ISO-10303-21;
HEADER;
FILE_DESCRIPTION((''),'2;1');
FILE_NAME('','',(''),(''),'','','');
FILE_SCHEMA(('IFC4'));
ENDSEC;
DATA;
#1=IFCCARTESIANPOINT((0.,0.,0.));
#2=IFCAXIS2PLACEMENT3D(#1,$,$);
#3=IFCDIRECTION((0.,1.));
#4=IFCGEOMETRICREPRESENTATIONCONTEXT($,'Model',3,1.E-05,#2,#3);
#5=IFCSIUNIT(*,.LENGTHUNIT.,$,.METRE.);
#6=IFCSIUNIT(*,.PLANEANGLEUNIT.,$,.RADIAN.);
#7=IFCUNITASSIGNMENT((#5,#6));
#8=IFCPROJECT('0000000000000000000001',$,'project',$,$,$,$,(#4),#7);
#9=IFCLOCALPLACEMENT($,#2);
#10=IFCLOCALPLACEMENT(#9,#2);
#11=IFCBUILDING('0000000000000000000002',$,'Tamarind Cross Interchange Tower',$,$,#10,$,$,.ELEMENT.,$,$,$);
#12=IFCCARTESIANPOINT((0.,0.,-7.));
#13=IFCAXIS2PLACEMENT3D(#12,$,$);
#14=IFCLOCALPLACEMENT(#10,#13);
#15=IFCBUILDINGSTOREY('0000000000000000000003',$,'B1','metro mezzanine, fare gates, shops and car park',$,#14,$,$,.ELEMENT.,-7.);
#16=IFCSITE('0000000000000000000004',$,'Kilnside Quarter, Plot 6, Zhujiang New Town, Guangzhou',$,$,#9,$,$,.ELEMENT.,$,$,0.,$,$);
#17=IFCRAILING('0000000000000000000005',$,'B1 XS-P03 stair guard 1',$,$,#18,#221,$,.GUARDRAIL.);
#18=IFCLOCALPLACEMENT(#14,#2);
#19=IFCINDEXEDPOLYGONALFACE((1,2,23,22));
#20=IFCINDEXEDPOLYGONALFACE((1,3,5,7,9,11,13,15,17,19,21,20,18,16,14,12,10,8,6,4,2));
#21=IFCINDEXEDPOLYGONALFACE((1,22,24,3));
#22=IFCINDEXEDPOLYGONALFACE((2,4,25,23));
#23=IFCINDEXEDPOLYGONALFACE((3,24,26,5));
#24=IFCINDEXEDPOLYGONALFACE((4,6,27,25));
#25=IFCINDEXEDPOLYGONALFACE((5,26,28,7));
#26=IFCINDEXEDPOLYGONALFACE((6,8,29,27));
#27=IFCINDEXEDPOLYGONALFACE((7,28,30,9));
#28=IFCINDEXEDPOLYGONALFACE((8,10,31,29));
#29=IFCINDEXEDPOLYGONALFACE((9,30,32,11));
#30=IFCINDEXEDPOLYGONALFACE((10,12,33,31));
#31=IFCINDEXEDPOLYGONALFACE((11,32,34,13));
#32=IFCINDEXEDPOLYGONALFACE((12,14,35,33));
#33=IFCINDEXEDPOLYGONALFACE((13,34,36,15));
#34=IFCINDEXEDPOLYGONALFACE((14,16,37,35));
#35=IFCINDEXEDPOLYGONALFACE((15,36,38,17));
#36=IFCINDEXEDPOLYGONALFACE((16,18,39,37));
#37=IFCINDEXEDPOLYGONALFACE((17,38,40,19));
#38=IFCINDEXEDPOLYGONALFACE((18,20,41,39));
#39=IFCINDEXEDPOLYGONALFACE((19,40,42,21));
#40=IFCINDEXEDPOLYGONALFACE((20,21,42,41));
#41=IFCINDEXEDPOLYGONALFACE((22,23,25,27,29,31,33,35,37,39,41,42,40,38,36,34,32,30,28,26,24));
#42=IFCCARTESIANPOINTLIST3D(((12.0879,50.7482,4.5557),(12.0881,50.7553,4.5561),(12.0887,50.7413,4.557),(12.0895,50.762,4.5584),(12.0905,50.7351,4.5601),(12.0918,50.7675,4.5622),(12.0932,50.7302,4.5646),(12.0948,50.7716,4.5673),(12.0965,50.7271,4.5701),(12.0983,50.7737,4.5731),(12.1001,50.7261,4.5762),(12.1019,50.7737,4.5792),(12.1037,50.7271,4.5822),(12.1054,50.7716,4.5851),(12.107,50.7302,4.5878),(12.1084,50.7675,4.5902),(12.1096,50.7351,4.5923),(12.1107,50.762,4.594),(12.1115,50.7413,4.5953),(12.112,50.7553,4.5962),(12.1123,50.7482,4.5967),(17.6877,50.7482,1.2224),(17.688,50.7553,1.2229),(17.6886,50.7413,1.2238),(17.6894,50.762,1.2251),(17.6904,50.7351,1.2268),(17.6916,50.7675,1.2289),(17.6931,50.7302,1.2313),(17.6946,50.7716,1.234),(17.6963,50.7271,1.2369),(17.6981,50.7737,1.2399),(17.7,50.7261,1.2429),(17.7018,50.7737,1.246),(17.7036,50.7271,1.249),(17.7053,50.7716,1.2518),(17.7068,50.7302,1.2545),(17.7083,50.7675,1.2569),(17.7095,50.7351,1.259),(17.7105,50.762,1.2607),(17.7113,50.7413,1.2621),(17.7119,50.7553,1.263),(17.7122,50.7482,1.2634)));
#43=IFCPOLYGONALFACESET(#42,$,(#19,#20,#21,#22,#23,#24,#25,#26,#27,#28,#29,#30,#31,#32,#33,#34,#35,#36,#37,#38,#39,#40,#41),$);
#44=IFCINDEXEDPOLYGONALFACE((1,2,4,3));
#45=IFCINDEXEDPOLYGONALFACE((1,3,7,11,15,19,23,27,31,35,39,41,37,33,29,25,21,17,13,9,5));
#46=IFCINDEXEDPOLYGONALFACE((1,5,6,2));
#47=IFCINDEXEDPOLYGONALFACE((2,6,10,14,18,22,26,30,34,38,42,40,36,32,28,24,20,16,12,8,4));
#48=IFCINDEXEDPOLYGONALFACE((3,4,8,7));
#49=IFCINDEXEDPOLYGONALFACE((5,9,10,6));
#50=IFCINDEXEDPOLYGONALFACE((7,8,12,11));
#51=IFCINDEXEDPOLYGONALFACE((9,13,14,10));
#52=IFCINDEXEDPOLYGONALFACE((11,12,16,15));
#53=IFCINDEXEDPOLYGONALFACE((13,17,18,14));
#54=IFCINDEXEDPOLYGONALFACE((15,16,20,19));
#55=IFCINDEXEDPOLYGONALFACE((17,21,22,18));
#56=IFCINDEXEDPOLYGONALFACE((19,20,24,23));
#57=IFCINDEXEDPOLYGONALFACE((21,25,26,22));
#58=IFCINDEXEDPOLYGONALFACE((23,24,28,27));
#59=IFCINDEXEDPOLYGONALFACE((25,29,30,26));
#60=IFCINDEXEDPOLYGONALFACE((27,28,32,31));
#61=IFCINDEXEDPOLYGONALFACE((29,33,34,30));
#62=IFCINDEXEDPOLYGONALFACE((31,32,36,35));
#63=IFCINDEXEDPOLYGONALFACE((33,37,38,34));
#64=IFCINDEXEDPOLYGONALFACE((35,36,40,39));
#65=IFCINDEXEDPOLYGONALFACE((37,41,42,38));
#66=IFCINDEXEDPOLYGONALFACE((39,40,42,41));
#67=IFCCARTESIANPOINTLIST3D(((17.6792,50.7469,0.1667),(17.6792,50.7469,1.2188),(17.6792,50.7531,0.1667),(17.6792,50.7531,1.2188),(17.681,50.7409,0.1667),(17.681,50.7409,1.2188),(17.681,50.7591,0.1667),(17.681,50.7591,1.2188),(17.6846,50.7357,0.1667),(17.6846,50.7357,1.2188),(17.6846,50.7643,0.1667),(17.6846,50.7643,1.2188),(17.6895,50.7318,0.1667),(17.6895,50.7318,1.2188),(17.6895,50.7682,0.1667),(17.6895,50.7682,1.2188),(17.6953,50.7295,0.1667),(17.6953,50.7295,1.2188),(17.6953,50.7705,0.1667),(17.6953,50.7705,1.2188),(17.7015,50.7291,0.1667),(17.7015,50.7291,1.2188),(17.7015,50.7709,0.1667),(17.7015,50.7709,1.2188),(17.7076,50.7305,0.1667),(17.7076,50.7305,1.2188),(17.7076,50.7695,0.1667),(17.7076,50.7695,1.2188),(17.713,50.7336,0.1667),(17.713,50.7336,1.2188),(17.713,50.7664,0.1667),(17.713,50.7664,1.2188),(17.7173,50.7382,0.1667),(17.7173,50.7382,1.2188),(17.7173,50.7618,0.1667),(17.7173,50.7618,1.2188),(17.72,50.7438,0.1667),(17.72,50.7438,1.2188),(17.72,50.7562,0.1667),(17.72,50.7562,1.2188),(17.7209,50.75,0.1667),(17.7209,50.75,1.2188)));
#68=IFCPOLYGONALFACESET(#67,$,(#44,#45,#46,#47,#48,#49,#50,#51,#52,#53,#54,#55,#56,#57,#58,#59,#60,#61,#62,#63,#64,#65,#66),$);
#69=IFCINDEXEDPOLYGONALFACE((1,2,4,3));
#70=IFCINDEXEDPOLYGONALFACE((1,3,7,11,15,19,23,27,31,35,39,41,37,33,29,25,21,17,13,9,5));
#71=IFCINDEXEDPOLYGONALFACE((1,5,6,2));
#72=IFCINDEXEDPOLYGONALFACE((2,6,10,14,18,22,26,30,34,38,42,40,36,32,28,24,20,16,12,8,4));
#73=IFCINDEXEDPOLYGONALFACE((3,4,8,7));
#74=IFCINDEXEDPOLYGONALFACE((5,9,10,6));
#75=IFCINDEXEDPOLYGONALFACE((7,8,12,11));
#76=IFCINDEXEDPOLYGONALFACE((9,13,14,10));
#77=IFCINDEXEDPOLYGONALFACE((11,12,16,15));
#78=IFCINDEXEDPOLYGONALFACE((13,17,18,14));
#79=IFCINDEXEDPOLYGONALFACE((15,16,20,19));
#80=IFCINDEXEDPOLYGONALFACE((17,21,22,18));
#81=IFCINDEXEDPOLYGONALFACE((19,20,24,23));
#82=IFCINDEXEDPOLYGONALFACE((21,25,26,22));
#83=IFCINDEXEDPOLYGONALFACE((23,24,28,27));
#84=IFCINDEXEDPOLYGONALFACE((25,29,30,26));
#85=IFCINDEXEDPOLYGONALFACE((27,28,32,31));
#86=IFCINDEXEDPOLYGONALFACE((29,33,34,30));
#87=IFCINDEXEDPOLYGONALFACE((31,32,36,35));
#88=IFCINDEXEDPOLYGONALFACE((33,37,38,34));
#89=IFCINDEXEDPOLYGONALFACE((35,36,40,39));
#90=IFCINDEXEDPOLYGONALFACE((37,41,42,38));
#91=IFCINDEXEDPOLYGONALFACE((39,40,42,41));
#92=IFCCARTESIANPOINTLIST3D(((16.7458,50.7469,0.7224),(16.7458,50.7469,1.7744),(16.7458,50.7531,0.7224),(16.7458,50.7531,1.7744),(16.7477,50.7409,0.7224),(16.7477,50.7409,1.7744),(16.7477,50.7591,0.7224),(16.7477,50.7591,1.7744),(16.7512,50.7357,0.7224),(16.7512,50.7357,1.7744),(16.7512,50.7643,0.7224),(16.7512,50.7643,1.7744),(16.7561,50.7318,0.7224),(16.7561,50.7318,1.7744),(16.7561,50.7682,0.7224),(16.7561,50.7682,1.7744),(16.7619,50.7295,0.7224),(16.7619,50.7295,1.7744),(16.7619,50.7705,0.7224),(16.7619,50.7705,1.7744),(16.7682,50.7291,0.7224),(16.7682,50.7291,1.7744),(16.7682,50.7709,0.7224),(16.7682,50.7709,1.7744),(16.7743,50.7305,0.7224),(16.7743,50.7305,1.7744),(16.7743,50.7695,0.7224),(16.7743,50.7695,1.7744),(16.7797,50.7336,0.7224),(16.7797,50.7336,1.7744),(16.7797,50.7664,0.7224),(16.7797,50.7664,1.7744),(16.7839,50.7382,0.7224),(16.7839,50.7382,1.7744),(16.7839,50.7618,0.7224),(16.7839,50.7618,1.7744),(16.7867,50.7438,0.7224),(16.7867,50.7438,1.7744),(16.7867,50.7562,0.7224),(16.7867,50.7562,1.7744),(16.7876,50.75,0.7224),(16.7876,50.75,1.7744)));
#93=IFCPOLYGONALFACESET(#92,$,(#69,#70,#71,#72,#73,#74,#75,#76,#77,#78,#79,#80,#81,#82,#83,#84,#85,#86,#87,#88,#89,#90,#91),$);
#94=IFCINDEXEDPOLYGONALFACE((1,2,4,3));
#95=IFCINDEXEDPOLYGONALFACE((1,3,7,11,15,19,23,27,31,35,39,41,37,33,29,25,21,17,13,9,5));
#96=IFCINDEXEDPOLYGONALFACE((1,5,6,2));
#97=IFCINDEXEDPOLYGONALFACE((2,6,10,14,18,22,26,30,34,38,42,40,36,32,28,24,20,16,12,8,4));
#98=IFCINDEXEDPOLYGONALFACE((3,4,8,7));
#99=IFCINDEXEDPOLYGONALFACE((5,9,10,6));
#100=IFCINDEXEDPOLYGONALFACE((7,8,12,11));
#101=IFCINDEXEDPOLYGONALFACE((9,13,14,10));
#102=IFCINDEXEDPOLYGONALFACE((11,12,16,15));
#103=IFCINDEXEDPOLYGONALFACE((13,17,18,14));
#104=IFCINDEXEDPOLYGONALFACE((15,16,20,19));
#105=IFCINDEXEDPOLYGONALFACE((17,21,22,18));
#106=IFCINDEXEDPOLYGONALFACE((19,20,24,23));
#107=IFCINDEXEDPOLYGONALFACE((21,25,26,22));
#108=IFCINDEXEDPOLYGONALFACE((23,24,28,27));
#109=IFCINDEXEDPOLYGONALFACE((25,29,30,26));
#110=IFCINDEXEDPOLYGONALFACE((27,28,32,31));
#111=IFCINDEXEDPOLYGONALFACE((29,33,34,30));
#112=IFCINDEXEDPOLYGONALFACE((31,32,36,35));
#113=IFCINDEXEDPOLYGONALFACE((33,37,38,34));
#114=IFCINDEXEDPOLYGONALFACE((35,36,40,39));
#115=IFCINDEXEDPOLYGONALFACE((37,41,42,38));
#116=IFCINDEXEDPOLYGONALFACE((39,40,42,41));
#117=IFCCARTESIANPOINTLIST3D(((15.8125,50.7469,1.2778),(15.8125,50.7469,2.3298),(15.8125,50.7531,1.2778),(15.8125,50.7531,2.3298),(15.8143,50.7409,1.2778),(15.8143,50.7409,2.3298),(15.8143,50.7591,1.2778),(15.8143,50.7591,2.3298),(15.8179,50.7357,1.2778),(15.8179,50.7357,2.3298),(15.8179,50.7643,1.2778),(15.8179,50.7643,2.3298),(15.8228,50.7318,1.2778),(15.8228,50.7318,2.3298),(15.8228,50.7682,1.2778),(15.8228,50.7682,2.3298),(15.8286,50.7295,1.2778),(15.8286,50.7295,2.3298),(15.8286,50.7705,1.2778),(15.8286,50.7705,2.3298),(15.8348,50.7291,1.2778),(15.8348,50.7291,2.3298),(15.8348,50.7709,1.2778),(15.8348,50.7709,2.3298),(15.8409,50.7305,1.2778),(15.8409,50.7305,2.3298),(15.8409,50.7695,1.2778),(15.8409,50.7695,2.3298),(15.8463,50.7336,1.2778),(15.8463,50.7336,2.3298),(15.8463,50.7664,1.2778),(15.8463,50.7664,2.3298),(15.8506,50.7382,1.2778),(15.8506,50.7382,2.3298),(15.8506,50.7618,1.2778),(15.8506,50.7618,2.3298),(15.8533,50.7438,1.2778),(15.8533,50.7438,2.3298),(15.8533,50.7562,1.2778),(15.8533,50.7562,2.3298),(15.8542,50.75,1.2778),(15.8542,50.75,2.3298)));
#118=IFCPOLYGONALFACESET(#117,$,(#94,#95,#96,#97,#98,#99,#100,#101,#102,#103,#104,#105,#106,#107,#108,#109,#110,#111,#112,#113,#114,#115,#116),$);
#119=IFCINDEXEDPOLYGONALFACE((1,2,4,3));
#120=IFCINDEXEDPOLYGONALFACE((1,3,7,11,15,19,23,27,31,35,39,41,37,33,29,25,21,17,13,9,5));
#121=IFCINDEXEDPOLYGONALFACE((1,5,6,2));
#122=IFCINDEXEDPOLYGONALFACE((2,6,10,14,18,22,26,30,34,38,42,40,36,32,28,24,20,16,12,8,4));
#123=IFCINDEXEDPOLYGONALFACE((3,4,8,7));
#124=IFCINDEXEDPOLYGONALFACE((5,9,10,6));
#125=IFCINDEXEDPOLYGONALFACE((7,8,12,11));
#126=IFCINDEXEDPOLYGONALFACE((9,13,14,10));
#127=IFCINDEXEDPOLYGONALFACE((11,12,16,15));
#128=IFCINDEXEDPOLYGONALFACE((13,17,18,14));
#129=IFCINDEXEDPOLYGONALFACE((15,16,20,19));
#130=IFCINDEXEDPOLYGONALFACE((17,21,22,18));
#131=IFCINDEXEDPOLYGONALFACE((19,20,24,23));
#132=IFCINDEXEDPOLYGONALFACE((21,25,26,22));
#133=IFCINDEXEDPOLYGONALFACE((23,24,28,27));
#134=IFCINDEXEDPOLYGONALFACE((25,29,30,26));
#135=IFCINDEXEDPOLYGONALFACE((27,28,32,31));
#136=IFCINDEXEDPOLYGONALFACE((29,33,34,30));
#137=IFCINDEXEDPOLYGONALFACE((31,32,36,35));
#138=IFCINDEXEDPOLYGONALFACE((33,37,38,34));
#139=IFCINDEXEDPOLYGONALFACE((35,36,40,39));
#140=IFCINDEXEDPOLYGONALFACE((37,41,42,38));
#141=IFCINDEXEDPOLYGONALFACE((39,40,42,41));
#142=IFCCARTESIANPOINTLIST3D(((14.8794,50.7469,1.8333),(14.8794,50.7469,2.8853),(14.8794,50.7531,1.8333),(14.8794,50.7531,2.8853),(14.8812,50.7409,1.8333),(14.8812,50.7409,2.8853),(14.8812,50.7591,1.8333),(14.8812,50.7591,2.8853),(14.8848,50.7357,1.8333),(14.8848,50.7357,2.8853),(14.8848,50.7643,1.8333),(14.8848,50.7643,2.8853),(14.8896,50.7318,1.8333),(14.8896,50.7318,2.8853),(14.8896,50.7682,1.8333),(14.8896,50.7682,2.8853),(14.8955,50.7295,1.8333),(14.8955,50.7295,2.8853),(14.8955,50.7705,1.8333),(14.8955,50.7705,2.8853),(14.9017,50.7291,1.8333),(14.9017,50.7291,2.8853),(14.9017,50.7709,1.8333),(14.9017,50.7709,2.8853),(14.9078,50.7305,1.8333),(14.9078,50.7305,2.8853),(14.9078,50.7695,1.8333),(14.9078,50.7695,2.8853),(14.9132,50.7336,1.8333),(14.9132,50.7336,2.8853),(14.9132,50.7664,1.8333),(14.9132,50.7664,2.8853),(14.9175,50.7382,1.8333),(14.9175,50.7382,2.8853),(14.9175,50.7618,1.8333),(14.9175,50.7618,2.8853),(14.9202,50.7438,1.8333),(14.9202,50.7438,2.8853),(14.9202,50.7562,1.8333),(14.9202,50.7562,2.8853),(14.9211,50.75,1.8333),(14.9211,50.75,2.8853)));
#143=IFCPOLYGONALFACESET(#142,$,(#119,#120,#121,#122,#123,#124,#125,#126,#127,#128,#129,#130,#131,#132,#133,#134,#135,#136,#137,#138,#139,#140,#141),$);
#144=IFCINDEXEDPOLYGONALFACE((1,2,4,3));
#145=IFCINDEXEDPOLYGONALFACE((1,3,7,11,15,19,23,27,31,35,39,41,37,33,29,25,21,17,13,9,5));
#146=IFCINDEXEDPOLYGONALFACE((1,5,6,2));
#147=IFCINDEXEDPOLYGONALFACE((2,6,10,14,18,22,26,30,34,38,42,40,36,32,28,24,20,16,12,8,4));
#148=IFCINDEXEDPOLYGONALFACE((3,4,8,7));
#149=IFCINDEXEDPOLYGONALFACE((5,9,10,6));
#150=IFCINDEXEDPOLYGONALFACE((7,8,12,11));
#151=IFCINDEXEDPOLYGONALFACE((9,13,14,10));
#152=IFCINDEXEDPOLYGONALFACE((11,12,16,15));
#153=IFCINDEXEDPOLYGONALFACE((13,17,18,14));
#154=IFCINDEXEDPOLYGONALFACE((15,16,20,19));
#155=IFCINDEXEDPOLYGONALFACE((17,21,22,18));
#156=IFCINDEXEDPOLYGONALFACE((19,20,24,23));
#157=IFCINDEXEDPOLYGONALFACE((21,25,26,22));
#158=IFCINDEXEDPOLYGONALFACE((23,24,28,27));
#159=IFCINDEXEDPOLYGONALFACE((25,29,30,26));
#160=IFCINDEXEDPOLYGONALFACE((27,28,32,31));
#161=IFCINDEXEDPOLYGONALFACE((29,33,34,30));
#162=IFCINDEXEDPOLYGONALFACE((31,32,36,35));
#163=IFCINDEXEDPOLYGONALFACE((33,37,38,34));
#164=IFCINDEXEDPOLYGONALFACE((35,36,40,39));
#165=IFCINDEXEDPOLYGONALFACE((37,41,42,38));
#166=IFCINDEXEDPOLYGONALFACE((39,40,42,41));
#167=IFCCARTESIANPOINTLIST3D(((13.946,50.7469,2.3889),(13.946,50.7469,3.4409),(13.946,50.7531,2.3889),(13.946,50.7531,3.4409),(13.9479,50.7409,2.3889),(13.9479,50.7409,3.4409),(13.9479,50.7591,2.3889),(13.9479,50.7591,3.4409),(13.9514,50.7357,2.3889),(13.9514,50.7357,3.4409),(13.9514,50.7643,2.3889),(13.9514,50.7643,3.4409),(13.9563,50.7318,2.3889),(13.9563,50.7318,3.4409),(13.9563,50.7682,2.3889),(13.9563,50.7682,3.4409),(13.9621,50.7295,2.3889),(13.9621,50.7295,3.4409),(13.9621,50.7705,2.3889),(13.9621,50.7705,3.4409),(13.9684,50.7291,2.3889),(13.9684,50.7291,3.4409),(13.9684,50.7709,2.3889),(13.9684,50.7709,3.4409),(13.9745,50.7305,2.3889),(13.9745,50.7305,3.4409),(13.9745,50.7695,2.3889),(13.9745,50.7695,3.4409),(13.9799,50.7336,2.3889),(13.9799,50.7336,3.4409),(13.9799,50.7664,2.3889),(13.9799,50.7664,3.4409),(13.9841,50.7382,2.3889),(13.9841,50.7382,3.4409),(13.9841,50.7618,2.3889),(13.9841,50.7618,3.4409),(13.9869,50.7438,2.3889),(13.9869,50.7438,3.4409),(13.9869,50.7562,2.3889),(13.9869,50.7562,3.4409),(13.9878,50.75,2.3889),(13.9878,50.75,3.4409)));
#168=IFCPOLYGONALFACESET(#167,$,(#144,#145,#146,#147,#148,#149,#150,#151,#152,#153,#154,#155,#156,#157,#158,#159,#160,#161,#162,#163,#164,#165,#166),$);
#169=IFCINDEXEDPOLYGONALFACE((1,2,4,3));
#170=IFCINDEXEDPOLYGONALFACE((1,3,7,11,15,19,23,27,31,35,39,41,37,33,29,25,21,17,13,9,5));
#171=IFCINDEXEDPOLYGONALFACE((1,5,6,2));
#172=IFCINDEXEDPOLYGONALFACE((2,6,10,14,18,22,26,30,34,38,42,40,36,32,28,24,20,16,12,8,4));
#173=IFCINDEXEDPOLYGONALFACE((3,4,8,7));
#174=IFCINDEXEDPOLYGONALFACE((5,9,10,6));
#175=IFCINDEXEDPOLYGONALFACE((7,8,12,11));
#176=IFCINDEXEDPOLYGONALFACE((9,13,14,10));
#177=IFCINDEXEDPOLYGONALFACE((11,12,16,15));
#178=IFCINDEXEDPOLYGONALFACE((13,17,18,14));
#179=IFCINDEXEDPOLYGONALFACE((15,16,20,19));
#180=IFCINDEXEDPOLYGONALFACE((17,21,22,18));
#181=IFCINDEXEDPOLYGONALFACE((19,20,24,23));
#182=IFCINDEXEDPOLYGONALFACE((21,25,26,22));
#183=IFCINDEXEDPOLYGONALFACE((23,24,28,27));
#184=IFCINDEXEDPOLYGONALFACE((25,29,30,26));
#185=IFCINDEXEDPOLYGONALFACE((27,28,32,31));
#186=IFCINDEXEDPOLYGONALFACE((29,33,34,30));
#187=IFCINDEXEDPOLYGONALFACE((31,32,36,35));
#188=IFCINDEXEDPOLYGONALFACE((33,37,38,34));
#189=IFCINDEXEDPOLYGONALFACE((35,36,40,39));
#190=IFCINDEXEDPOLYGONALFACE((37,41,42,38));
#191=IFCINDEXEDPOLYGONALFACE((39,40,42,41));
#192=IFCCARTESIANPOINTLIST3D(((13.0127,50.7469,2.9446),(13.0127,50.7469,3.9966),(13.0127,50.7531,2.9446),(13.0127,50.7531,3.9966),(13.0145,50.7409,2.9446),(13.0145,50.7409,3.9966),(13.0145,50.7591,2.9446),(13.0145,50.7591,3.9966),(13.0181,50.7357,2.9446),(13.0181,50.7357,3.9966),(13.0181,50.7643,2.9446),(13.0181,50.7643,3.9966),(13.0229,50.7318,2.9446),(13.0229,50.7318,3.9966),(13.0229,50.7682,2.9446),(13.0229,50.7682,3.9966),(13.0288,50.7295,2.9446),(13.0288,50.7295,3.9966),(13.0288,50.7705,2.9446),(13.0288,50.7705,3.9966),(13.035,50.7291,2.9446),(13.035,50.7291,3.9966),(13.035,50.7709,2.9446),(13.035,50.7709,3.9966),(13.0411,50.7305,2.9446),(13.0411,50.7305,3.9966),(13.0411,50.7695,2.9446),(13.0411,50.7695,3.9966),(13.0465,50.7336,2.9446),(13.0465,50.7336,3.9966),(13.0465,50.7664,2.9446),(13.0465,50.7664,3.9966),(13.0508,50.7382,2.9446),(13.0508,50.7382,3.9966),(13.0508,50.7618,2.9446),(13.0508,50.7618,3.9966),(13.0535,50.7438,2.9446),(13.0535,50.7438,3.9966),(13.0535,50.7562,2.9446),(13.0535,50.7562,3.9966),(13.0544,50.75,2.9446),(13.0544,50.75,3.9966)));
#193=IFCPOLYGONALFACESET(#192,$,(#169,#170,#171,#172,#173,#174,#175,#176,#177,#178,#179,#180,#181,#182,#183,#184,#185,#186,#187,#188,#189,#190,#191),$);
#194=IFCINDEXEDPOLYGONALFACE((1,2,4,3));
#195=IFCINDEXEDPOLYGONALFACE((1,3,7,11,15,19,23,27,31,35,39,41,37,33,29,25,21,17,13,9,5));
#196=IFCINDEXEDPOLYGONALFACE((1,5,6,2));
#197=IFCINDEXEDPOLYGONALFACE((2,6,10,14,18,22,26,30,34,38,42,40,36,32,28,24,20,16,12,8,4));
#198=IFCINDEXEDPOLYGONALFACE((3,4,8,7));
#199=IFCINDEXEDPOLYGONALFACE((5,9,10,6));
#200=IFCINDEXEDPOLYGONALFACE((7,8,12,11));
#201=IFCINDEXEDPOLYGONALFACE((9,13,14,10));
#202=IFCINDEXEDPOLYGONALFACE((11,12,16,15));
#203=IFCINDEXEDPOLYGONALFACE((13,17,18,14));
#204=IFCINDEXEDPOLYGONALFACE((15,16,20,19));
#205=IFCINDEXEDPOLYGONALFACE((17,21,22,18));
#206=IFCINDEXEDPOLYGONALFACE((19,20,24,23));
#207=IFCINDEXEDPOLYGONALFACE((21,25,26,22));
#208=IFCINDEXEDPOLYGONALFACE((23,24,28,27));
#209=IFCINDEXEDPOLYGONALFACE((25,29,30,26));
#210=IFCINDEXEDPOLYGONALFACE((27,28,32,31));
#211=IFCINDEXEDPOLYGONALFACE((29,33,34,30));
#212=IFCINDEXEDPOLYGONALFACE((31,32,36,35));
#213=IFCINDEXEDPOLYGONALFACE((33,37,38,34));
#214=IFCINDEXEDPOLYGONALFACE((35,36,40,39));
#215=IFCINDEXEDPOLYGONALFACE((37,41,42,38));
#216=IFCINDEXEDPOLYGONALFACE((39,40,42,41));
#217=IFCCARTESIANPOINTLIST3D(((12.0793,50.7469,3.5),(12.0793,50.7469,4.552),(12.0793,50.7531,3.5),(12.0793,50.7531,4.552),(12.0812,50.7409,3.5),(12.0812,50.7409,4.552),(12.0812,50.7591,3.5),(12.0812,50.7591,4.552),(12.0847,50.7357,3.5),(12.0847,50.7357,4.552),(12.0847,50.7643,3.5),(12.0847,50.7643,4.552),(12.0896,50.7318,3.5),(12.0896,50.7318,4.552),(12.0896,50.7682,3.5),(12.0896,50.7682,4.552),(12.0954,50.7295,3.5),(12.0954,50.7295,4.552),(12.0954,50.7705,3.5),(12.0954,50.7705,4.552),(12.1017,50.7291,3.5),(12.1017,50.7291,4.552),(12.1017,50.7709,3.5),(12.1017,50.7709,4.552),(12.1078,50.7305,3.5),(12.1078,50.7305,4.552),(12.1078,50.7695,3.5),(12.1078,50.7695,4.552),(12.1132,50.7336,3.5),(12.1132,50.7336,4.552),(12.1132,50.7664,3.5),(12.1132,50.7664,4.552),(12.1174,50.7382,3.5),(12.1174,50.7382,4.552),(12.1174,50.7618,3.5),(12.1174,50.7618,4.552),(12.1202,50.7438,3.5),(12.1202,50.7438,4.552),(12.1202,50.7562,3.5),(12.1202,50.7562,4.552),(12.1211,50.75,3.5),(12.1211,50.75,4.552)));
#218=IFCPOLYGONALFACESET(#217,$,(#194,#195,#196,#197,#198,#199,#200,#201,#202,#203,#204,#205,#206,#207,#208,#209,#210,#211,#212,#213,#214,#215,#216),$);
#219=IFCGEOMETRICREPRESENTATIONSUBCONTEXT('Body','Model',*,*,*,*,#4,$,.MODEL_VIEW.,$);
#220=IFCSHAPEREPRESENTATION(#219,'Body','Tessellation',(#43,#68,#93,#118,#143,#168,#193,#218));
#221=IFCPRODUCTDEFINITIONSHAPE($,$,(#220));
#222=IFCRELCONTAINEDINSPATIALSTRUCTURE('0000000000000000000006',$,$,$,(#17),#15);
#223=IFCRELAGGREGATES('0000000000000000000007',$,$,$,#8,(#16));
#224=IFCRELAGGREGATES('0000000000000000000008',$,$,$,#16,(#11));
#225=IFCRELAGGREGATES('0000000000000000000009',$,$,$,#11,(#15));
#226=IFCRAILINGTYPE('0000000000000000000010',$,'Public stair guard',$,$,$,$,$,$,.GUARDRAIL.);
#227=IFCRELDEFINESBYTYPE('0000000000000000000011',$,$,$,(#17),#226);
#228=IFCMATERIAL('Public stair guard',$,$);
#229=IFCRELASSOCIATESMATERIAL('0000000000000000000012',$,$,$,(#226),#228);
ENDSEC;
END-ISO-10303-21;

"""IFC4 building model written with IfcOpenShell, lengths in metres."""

from ifc_helpers import new_model, si_unit, direction, frame, origin, origin_2d, place, context, subcontext, project, spatial, circle, extrude, material, type_object, element, save


model = new_model("IFC4")

# Units and contexts
model_context = context("Model", 3, precision=1e-05, world=origin(), true_north=direction((0.0, 1.0)))
body_context = subcontext(model_context, "Body", "Model", "MODEL_VIEW")
ifc_project = project(units=[si_unit("LENGTHUNIT", "METRE"), si_unit("PLANEANGLEUNIT", "RADIAN")], contexts=[model_context])

# Site, building, storey
site_placement = place(None, origin())
site = spatial("IfcSite", under=ifc_project, at=site_placement, Name="Kilnside Quarter, Plot 6, Zhujiang New Town, Guangzhou", CompositionType="ELEMENT", RefElevation=0.0)
building_placement = place(site_placement, origin())
building = spatial("IfcBuilding", under=site, at=building_placement, Name="Tamarind Cross Interchange Tower", CompositionType="ELEMENT")
storey_placement = place(building_placement, frame((0.0, 0.0, -7.0)))
storey = spatial("IfcBuildingStorey", under=building, at=storey_placement, Name="B1", Description="metro mezzanine, fare gates, shops and car park", CompositionType="ELEMENT", Elevation=-7.0)

# Railing
ifc_material_1 = material(Name="Public stair guard")
railing_type_1 = type_object("IfcRailingType", Name="Public stair guard", PredefinedType="GUARDRAIL", material=ifc_material_1)
railing_1_placement = place(storey_placement, frame((17.7, 50.75, 0.1667)))
element("IfcRailing", 1, at=railing_1_placement, inside=storey, type_object=railing_type_1, Name="B1 XS-P03 stair guard 1", PredefinedType="GUARDRAIL", context=body_context, shape_type="SweptSolid", body=[
    extrude(circle(Radius=0.0239, at=origin_2d()), frame((0.0, 0.0, 1.0762), z_axis=(-0.859292, 0.0, 0.511485), x_axis=(0.0, -1.0, 0.0)), (0.0, 0.0, 1.0), 6.5168),
    extrude(circle(Radius=0.021, at=origin_2d()), origin(), (0.0, 0.0, 1.0), 1.052),
    extrude(circle(Radius=0.021, at=origin_2d()), frame((-0.9333, 0.0, 0.5557)), (0.0, 0.0, 1.0), 1.052),
    extrude(circle(Radius=0.021, at=origin_2d()), frame((-1.8667, 0.0, 1.1111)), (0.0, 0.0, 1.0), 1.052),
    extrude(circle(Radius=0.021, at=origin_2d()), frame((-2.7998, 0.0, 1.6665)), (0.0, 0.0, 1.0), 1.052),
    extrude(circle(Radius=0.021, at=origin_2d()), frame((-3.7332, 0.0, 2.2222)), (0.0, 0.0, 1.0), 1.052),
    extrude(circle(Radius=0.021, at=origin_2d()), frame((-4.6665, 0.0, 2.7778)), (0.0, 0.0, 1.0), 1.052),
    extrude(circle(Radius=0.021, at=origin_2d()), frame((-5.5999, 0.0, 3.3333)), (0.0, 0.0, 1.0), 1.052),
])

save(model, "model.ifc")
